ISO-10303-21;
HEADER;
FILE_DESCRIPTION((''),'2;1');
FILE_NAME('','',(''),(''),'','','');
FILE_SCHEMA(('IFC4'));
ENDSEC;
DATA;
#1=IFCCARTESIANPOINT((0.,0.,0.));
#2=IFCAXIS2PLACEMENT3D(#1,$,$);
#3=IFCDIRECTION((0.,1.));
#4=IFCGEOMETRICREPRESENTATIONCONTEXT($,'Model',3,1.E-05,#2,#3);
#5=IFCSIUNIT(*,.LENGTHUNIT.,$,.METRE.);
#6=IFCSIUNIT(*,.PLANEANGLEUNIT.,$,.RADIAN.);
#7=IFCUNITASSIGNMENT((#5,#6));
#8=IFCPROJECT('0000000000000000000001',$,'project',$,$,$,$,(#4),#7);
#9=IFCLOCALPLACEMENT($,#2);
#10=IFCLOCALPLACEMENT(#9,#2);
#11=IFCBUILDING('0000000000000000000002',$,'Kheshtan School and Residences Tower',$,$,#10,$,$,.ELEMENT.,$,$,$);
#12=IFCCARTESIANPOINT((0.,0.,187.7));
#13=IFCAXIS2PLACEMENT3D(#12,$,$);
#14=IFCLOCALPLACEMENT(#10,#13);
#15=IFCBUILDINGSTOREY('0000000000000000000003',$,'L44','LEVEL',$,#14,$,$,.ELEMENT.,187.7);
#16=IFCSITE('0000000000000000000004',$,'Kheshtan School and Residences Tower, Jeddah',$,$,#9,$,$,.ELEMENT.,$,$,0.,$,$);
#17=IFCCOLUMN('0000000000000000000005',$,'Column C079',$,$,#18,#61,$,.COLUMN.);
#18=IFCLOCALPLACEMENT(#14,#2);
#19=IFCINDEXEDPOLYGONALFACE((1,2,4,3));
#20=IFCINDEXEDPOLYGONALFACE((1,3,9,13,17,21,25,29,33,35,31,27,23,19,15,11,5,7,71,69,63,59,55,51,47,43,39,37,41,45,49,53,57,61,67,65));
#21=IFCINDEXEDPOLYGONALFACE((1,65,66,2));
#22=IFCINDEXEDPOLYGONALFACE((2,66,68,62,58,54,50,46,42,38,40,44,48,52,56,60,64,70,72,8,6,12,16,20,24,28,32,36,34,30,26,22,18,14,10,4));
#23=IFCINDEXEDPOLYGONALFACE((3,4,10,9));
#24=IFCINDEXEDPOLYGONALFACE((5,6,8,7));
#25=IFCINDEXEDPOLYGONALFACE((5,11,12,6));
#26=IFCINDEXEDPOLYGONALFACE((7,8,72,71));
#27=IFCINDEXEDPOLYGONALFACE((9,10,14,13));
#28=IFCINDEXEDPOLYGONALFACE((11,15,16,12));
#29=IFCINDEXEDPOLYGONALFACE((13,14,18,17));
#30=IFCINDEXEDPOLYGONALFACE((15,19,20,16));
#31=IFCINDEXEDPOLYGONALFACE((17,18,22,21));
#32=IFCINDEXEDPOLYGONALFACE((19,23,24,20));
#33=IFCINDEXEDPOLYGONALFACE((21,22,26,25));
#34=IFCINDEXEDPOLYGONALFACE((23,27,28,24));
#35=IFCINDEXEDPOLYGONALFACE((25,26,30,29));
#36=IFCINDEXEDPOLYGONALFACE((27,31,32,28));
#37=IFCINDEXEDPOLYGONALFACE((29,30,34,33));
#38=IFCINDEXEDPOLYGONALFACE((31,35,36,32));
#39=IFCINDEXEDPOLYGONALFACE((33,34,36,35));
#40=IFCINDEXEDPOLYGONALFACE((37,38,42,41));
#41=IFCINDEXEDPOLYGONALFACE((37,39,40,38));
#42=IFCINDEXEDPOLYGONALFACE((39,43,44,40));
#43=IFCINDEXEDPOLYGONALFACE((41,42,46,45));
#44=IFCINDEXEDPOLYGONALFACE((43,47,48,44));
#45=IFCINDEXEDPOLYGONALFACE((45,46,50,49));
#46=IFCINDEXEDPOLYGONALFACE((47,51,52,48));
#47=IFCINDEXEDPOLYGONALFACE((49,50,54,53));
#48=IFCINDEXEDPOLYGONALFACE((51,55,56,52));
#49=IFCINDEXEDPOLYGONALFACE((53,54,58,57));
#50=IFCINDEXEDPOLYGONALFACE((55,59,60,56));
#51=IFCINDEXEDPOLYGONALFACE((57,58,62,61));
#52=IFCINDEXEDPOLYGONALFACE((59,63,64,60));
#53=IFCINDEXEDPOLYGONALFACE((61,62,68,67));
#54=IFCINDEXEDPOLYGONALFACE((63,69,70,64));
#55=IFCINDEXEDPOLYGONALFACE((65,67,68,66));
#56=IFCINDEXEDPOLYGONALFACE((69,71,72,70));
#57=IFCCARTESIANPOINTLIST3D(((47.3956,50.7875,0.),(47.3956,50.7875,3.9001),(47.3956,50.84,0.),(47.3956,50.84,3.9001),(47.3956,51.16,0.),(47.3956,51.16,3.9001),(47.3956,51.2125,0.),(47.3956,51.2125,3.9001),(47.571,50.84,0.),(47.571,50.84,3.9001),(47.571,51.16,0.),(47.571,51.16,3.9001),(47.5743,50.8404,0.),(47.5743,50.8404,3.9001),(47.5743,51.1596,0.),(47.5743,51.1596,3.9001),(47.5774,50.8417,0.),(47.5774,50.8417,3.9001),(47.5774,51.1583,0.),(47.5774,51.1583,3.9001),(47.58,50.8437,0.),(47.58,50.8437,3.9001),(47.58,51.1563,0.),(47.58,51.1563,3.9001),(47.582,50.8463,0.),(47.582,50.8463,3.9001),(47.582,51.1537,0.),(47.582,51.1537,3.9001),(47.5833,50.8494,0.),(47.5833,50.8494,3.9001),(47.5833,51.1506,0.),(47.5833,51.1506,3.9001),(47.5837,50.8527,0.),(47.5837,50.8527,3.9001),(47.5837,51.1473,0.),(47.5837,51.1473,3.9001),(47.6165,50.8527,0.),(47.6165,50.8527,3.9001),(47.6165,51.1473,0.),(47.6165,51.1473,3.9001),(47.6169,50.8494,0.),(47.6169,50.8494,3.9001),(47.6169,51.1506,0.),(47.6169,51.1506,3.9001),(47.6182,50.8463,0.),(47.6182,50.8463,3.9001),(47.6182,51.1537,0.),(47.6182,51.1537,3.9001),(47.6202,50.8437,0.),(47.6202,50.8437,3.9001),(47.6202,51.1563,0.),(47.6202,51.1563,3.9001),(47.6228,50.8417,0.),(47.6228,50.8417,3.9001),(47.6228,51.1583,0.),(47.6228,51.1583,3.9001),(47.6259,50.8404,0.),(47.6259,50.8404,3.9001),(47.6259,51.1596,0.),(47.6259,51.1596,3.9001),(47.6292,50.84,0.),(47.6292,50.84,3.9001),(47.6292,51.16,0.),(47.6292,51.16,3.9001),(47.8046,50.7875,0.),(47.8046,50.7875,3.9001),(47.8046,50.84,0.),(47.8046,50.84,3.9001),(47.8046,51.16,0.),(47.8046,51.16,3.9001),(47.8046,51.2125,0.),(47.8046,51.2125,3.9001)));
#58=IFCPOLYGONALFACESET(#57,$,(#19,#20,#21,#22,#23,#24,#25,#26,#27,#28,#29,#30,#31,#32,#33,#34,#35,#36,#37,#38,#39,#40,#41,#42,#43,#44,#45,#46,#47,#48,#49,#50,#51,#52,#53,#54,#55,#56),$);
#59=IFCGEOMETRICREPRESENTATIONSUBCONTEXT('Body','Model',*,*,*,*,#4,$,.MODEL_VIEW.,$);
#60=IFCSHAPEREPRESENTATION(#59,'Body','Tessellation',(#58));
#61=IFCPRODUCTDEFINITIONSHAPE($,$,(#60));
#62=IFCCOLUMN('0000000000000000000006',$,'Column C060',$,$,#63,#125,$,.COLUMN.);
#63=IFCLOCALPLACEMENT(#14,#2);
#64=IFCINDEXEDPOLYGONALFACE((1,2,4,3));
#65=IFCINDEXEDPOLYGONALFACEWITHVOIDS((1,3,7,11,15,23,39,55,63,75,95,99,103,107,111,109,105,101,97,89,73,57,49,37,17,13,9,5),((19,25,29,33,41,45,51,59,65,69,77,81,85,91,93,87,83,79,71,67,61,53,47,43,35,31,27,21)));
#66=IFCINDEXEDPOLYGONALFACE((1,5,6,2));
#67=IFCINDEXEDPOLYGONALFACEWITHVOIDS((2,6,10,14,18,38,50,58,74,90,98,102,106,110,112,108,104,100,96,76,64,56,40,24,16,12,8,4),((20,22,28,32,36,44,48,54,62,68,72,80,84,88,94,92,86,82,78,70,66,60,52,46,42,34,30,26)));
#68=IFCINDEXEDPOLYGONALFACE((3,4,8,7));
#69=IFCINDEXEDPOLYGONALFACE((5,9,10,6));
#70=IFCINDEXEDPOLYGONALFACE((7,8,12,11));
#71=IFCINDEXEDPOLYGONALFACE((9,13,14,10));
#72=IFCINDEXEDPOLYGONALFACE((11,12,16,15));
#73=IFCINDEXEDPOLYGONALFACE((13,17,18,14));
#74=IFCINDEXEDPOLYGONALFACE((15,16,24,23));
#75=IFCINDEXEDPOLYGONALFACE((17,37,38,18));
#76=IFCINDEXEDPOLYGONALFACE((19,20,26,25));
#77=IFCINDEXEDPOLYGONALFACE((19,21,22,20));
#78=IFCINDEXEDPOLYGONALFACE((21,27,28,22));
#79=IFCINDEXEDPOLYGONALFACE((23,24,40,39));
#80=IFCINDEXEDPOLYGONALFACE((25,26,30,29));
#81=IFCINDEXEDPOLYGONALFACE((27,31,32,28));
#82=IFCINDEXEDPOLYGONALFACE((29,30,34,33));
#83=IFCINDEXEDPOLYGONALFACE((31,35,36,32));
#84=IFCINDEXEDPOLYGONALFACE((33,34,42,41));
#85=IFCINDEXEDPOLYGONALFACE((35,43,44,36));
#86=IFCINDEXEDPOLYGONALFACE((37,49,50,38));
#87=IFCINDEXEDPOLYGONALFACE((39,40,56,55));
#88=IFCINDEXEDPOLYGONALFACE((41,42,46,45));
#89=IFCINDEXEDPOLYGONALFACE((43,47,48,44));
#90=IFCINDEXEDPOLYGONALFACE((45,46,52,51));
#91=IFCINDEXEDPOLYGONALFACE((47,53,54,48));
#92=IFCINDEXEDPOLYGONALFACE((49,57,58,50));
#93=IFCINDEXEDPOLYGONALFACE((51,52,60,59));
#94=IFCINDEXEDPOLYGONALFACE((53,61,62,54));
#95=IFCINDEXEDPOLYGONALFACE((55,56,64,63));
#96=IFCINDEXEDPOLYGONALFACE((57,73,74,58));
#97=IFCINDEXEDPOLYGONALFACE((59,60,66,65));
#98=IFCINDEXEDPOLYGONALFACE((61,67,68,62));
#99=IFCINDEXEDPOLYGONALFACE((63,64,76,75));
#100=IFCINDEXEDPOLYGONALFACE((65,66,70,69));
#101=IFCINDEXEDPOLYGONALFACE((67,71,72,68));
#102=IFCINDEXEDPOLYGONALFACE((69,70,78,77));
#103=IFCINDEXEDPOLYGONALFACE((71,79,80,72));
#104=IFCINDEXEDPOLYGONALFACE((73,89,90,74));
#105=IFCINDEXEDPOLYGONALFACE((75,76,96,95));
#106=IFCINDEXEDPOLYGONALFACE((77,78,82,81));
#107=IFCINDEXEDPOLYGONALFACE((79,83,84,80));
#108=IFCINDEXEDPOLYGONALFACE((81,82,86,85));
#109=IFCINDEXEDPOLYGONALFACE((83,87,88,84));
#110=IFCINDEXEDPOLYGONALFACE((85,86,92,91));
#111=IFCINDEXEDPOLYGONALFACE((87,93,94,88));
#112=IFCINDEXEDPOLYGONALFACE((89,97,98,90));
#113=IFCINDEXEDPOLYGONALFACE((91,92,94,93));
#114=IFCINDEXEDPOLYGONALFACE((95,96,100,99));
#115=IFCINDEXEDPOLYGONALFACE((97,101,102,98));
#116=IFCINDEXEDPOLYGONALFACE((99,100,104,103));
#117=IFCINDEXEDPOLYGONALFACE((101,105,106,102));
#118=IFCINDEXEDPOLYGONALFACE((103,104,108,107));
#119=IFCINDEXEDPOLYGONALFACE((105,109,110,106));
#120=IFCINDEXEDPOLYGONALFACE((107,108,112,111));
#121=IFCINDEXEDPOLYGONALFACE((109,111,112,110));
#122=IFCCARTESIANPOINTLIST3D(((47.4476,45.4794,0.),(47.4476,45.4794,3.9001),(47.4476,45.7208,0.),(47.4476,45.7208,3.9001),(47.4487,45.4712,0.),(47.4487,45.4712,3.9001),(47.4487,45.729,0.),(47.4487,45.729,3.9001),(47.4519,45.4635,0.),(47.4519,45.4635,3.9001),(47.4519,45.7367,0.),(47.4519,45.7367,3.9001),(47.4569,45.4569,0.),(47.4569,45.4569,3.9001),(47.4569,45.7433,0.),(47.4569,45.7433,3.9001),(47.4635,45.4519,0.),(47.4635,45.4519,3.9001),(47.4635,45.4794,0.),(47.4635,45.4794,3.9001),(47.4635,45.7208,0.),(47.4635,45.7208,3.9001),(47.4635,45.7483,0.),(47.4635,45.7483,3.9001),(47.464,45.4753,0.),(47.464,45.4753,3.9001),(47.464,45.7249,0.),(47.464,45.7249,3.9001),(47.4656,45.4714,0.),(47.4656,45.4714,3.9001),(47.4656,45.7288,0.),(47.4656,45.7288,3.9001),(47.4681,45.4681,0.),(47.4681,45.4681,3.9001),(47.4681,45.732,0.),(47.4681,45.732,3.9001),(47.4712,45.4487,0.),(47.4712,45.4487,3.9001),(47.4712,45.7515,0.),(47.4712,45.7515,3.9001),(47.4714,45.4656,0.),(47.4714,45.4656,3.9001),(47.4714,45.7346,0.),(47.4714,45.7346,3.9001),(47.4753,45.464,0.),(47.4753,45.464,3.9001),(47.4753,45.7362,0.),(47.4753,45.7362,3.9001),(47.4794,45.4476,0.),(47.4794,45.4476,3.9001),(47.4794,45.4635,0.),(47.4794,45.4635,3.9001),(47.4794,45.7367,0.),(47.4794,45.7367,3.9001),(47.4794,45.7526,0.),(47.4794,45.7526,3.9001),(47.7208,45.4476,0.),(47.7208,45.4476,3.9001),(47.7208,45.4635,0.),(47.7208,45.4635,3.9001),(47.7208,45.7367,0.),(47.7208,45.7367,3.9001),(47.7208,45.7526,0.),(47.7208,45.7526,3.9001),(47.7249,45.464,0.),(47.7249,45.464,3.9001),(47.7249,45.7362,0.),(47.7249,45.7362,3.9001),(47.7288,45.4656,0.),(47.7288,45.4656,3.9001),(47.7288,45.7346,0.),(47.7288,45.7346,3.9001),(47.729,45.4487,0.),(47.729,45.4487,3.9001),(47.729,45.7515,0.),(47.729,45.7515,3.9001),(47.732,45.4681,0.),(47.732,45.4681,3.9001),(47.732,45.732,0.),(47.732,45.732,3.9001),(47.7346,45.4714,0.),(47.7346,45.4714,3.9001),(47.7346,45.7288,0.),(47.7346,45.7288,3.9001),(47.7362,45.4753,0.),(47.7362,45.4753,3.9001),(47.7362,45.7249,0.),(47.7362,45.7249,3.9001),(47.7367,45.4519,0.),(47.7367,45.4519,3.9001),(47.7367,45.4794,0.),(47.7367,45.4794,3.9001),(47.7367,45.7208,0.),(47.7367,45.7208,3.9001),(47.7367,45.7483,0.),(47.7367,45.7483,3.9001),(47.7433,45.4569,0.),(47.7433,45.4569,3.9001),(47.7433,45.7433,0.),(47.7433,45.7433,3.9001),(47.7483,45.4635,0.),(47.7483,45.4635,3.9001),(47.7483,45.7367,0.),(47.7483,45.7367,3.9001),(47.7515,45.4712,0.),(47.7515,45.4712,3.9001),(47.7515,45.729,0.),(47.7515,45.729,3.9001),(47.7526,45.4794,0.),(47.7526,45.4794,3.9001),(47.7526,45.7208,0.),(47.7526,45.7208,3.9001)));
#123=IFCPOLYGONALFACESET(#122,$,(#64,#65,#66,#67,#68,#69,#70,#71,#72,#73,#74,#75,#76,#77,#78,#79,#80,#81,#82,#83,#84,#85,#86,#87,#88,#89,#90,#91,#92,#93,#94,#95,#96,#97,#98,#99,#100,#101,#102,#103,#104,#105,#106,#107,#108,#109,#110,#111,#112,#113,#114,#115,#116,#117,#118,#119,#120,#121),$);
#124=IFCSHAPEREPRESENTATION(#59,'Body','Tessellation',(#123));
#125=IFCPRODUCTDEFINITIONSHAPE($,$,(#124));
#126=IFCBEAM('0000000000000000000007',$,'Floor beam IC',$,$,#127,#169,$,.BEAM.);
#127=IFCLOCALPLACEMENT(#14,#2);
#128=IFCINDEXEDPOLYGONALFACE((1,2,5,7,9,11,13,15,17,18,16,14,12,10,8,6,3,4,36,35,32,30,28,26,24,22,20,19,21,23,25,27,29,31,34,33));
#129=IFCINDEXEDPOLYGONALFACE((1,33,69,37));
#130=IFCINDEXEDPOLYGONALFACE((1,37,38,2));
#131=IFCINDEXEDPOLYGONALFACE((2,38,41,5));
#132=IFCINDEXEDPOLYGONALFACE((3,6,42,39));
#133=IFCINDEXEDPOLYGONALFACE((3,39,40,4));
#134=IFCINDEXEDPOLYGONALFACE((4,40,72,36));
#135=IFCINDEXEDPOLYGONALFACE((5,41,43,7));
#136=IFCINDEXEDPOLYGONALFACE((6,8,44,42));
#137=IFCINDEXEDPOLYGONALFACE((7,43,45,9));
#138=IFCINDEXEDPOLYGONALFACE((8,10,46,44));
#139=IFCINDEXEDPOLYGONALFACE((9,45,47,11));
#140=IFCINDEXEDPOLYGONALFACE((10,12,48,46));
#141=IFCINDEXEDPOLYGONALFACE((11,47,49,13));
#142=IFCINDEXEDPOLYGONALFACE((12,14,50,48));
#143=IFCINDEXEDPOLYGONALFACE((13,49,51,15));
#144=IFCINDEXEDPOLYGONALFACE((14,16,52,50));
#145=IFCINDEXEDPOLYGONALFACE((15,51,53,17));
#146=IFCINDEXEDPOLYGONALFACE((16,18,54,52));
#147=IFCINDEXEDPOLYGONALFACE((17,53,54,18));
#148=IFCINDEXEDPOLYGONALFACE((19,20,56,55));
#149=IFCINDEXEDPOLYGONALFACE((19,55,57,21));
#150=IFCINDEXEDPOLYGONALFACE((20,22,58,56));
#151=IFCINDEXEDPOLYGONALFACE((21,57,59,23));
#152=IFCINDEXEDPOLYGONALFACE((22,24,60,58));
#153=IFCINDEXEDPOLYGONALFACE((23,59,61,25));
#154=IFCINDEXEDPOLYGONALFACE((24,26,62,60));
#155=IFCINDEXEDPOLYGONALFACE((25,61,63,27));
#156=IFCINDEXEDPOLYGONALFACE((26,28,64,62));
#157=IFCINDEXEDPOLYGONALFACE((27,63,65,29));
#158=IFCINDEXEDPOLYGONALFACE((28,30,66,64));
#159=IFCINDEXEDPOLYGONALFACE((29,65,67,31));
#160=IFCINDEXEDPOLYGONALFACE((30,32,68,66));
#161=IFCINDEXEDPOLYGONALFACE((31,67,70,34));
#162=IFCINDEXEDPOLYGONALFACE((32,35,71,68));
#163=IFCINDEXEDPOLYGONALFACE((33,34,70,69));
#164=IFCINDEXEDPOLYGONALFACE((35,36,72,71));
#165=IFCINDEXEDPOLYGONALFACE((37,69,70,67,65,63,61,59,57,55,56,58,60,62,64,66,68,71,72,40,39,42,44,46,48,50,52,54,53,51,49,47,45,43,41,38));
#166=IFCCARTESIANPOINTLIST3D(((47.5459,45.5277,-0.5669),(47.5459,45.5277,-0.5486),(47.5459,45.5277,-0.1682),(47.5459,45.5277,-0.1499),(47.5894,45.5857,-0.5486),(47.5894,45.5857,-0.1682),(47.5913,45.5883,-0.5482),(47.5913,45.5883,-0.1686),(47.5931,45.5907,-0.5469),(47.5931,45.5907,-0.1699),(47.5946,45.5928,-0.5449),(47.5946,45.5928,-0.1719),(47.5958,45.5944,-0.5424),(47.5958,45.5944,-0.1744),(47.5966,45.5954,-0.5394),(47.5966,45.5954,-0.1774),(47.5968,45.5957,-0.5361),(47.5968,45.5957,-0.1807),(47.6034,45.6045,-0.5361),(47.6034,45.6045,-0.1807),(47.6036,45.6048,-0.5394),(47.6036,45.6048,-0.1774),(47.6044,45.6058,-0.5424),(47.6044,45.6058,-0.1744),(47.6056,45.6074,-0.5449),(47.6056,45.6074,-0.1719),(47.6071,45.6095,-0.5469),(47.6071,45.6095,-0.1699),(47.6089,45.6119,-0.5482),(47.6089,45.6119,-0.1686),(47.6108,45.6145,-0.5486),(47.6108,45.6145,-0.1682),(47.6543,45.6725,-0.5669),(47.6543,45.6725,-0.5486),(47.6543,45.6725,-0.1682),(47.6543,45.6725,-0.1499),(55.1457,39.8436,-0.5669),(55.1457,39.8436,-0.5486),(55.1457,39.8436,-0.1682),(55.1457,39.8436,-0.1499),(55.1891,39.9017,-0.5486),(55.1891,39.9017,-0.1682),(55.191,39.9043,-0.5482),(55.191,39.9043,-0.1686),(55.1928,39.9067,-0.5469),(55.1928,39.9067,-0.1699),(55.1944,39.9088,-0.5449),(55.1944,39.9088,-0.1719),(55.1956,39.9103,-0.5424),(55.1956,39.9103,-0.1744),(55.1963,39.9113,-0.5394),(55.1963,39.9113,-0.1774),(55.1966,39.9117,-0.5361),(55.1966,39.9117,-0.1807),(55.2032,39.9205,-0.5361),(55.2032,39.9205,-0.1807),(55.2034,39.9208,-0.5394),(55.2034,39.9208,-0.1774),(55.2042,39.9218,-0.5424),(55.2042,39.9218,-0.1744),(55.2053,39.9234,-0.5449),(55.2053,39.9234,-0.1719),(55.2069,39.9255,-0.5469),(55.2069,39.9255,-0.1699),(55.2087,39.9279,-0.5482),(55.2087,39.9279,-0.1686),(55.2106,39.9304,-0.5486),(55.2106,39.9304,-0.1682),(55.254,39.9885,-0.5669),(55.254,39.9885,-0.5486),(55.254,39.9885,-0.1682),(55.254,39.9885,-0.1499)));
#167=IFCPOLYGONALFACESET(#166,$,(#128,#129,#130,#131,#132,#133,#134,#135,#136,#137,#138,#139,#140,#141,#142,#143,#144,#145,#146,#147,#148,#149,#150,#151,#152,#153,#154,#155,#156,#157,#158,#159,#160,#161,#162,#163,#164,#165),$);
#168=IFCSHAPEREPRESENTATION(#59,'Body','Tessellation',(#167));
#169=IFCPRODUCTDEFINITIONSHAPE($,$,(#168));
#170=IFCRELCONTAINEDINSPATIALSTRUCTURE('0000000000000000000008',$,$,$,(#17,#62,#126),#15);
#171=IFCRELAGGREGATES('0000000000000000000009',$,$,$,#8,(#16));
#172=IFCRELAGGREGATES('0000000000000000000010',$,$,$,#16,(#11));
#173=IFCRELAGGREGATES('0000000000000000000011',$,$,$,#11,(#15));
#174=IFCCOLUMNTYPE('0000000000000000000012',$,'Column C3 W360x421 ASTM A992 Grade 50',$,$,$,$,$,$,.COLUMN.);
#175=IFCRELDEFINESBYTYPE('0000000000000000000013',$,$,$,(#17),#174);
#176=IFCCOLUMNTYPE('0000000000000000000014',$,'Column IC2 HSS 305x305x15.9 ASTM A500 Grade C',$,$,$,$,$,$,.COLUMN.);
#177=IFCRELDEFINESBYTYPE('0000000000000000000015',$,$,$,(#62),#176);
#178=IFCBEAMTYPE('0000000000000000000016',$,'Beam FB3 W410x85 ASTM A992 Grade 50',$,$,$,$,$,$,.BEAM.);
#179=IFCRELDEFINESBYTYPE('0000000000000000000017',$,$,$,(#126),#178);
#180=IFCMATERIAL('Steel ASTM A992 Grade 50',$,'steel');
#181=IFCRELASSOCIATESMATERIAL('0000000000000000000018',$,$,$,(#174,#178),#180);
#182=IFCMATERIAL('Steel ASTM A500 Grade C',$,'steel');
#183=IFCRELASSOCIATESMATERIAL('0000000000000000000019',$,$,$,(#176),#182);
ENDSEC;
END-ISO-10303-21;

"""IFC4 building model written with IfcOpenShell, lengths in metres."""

from ifc_helpers import new_model, si_unit, direction, frame, origin, origin_2d, place, context, subcontext, project, spatial, hollow_rectangle, i_section, extrude, material, material_profile, profile_set, type_object, element, save


model = new_model("IFC4")

# Units and contexts
model_context = context("Model", 3, precision=1e-05, world=origin(), true_north=direction((0.0, 1.0)))
body_context = subcontext(model_context, "Body", "Model", "MODEL_VIEW")
ifc_project = project(units=[si_unit("LENGTHUNIT", "METRE"), si_unit("PLANEANGLEUNIT", "RADIAN")], contexts=[model_context])

# Site, building, storey
site_placement = place(None, origin())
site = spatial("IfcSite", under=ifc_project, at=site_placement, Name="Kheshtan School and Residences Tower, Jeddah", CompositionType="ELEMENT", RefElevation=0.0)
building_placement = place(site_placement, origin())
building = spatial("IfcBuilding", under=site, at=building_placement, Name="Kheshtan School and Residences Tower", CompositionType="ELEMENT")
storey_placement = place(building_placement, frame((0.0, 0.0, 187.7)))
storey = spatial("IfcBuildingStorey", under=building, at=storey_placement, Name="L44", Description="LEVEL", CompositionType="ELEMENT", Elevation=187.7)

# Columns
ifc_material_1 = material(Name="Steel ASTM A992 Grade 50", Category="steel")
ifc_material_profile_1 = material_profile(ifc_material_1, i_section(OverallWidth=0.4089, OverallDepth=0.425, WebThickness=0.0327, FlangeThickness=0.0525, FilletRadius=0.0127, at=origin_2d()), Name="W360x421")
ifc_profile_set_1 = profile_set([ifc_material_profile_1], Name="Steel ASTM A992 Grade 50")
column_type_1 = type_object("IfcColumnType", Name="Column C3 W360x421 ASTM A992 Grade 50", PredefinedType="COLUMN", material=ifc_profile_set_1)
column_1_placement = place(storey_placement, frame((47.6001, 51.0, 0.0), z_axis=(0.0, 0.0, 1.0), x_axis=(1.0, 0.0, 0.0)))
element("IfcColumn", 1, at=column_1_placement, inside=storey, type_object=column_type_1, Name="Column C079", PredefinedType="COLUMN", context=body_context, shape_type="SweptSolid", body=[
    extrude(i_section(OverallWidth=0.4089, OverallDepth=0.425, WebThickness=0.0327, FlangeThickness=0.0525, FilletRadius=0.0127, at=origin_2d()), origin(), (0.0, 0.0, 1.0), 3.9001),
])
ifc_material_2 = material(Name="Steel ASTM A500 Grade C", Category="steel")
ifc_material_profile_2 = material_profile(ifc_material_2, hollow_rectangle(XDim=0.3049, YDim=0.3049, WallThickness=0.0159, InnerFilletRadius=0.0159, OuterFilletRadius=0.0317, at=origin_2d()), Name="HSS 305x305x15.9")
ifc_profile_set_2 = profile_set([ifc_material_profile_2], Name="Steel ASTM A500 Grade C")
column_type_2 = type_object("IfcColumnType", Name="Column IC2 HSS 305x305x15.9 ASTM A500 Grade C", PredefinedType="COLUMN", material=ifc_profile_set_2)
column_2_placement = place(storey_placement, frame((47.6001, 45.6001, 0.0), z_axis=(0.0, 0.0, 1.0), x_axis=(1.0, 0.0, 0.0)))
element("IfcColumn", 2, at=column_2_placement, inside=storey, type_object=column_type_2, Name="Column C060", PredefinedType="COLUMN", context=body_context, shape_type="SweptSolid", body=[
    extrude(hollow_rectangle(XDim=0.3049, YDim=0.3049, WallThickness=0.0159, InnerFilletRadius=0.0159, OuterFilletRadius=0.0317, at=origin_2d()), origin(), (0.0, 0.0, 1.0), 3.9001),
])

# Beam
ifc_material_profile_3 = material_profile(ifc_material_1, i_section(OverallWidth=0.1809, OverallDepth=0.417, WebThickness=0.011, FlangeThickness=0.0183, FilletRadius=0.0125, at=origin_2d()), Name="W410x85")
ifc_profile_set_3 = profile_set([ifc_material_profile_3], Name="Steel ASTM A992 Grade 50")
beam_type_1 = type_object("IfcBeamType", Name="Beam FB3 W410x85 ASTM A992 Grade 50", PredefinedType="BEAM", material=ifc_profile_set_3)
beam_1_placement = place(storey_placement, frame((47.6001, 45.6001, -0.3584), z_axis=(0.800799, -0.598933, 0.0), x_axis=(0.598933, 0.800799, 0.0)))
element("IfcBeam", 3, at=beam_1_placement, inside=storey, type_object=beam_type_1, Name="Floor beam IC", PredefinedType="BEAM", context=body_context, shape_type="SweptSolid", body=[
    extrude(i_section(OverallWidth=0.1809, OverallDepth=0.417, WebThickness=0.011, FlangeThickness=0.0183, FilletRadius=0.0125, at=origin_2d()), origin(), (0.0, 0.0, 1.0), 9.4902),
])

save(model, "model.ifc")
